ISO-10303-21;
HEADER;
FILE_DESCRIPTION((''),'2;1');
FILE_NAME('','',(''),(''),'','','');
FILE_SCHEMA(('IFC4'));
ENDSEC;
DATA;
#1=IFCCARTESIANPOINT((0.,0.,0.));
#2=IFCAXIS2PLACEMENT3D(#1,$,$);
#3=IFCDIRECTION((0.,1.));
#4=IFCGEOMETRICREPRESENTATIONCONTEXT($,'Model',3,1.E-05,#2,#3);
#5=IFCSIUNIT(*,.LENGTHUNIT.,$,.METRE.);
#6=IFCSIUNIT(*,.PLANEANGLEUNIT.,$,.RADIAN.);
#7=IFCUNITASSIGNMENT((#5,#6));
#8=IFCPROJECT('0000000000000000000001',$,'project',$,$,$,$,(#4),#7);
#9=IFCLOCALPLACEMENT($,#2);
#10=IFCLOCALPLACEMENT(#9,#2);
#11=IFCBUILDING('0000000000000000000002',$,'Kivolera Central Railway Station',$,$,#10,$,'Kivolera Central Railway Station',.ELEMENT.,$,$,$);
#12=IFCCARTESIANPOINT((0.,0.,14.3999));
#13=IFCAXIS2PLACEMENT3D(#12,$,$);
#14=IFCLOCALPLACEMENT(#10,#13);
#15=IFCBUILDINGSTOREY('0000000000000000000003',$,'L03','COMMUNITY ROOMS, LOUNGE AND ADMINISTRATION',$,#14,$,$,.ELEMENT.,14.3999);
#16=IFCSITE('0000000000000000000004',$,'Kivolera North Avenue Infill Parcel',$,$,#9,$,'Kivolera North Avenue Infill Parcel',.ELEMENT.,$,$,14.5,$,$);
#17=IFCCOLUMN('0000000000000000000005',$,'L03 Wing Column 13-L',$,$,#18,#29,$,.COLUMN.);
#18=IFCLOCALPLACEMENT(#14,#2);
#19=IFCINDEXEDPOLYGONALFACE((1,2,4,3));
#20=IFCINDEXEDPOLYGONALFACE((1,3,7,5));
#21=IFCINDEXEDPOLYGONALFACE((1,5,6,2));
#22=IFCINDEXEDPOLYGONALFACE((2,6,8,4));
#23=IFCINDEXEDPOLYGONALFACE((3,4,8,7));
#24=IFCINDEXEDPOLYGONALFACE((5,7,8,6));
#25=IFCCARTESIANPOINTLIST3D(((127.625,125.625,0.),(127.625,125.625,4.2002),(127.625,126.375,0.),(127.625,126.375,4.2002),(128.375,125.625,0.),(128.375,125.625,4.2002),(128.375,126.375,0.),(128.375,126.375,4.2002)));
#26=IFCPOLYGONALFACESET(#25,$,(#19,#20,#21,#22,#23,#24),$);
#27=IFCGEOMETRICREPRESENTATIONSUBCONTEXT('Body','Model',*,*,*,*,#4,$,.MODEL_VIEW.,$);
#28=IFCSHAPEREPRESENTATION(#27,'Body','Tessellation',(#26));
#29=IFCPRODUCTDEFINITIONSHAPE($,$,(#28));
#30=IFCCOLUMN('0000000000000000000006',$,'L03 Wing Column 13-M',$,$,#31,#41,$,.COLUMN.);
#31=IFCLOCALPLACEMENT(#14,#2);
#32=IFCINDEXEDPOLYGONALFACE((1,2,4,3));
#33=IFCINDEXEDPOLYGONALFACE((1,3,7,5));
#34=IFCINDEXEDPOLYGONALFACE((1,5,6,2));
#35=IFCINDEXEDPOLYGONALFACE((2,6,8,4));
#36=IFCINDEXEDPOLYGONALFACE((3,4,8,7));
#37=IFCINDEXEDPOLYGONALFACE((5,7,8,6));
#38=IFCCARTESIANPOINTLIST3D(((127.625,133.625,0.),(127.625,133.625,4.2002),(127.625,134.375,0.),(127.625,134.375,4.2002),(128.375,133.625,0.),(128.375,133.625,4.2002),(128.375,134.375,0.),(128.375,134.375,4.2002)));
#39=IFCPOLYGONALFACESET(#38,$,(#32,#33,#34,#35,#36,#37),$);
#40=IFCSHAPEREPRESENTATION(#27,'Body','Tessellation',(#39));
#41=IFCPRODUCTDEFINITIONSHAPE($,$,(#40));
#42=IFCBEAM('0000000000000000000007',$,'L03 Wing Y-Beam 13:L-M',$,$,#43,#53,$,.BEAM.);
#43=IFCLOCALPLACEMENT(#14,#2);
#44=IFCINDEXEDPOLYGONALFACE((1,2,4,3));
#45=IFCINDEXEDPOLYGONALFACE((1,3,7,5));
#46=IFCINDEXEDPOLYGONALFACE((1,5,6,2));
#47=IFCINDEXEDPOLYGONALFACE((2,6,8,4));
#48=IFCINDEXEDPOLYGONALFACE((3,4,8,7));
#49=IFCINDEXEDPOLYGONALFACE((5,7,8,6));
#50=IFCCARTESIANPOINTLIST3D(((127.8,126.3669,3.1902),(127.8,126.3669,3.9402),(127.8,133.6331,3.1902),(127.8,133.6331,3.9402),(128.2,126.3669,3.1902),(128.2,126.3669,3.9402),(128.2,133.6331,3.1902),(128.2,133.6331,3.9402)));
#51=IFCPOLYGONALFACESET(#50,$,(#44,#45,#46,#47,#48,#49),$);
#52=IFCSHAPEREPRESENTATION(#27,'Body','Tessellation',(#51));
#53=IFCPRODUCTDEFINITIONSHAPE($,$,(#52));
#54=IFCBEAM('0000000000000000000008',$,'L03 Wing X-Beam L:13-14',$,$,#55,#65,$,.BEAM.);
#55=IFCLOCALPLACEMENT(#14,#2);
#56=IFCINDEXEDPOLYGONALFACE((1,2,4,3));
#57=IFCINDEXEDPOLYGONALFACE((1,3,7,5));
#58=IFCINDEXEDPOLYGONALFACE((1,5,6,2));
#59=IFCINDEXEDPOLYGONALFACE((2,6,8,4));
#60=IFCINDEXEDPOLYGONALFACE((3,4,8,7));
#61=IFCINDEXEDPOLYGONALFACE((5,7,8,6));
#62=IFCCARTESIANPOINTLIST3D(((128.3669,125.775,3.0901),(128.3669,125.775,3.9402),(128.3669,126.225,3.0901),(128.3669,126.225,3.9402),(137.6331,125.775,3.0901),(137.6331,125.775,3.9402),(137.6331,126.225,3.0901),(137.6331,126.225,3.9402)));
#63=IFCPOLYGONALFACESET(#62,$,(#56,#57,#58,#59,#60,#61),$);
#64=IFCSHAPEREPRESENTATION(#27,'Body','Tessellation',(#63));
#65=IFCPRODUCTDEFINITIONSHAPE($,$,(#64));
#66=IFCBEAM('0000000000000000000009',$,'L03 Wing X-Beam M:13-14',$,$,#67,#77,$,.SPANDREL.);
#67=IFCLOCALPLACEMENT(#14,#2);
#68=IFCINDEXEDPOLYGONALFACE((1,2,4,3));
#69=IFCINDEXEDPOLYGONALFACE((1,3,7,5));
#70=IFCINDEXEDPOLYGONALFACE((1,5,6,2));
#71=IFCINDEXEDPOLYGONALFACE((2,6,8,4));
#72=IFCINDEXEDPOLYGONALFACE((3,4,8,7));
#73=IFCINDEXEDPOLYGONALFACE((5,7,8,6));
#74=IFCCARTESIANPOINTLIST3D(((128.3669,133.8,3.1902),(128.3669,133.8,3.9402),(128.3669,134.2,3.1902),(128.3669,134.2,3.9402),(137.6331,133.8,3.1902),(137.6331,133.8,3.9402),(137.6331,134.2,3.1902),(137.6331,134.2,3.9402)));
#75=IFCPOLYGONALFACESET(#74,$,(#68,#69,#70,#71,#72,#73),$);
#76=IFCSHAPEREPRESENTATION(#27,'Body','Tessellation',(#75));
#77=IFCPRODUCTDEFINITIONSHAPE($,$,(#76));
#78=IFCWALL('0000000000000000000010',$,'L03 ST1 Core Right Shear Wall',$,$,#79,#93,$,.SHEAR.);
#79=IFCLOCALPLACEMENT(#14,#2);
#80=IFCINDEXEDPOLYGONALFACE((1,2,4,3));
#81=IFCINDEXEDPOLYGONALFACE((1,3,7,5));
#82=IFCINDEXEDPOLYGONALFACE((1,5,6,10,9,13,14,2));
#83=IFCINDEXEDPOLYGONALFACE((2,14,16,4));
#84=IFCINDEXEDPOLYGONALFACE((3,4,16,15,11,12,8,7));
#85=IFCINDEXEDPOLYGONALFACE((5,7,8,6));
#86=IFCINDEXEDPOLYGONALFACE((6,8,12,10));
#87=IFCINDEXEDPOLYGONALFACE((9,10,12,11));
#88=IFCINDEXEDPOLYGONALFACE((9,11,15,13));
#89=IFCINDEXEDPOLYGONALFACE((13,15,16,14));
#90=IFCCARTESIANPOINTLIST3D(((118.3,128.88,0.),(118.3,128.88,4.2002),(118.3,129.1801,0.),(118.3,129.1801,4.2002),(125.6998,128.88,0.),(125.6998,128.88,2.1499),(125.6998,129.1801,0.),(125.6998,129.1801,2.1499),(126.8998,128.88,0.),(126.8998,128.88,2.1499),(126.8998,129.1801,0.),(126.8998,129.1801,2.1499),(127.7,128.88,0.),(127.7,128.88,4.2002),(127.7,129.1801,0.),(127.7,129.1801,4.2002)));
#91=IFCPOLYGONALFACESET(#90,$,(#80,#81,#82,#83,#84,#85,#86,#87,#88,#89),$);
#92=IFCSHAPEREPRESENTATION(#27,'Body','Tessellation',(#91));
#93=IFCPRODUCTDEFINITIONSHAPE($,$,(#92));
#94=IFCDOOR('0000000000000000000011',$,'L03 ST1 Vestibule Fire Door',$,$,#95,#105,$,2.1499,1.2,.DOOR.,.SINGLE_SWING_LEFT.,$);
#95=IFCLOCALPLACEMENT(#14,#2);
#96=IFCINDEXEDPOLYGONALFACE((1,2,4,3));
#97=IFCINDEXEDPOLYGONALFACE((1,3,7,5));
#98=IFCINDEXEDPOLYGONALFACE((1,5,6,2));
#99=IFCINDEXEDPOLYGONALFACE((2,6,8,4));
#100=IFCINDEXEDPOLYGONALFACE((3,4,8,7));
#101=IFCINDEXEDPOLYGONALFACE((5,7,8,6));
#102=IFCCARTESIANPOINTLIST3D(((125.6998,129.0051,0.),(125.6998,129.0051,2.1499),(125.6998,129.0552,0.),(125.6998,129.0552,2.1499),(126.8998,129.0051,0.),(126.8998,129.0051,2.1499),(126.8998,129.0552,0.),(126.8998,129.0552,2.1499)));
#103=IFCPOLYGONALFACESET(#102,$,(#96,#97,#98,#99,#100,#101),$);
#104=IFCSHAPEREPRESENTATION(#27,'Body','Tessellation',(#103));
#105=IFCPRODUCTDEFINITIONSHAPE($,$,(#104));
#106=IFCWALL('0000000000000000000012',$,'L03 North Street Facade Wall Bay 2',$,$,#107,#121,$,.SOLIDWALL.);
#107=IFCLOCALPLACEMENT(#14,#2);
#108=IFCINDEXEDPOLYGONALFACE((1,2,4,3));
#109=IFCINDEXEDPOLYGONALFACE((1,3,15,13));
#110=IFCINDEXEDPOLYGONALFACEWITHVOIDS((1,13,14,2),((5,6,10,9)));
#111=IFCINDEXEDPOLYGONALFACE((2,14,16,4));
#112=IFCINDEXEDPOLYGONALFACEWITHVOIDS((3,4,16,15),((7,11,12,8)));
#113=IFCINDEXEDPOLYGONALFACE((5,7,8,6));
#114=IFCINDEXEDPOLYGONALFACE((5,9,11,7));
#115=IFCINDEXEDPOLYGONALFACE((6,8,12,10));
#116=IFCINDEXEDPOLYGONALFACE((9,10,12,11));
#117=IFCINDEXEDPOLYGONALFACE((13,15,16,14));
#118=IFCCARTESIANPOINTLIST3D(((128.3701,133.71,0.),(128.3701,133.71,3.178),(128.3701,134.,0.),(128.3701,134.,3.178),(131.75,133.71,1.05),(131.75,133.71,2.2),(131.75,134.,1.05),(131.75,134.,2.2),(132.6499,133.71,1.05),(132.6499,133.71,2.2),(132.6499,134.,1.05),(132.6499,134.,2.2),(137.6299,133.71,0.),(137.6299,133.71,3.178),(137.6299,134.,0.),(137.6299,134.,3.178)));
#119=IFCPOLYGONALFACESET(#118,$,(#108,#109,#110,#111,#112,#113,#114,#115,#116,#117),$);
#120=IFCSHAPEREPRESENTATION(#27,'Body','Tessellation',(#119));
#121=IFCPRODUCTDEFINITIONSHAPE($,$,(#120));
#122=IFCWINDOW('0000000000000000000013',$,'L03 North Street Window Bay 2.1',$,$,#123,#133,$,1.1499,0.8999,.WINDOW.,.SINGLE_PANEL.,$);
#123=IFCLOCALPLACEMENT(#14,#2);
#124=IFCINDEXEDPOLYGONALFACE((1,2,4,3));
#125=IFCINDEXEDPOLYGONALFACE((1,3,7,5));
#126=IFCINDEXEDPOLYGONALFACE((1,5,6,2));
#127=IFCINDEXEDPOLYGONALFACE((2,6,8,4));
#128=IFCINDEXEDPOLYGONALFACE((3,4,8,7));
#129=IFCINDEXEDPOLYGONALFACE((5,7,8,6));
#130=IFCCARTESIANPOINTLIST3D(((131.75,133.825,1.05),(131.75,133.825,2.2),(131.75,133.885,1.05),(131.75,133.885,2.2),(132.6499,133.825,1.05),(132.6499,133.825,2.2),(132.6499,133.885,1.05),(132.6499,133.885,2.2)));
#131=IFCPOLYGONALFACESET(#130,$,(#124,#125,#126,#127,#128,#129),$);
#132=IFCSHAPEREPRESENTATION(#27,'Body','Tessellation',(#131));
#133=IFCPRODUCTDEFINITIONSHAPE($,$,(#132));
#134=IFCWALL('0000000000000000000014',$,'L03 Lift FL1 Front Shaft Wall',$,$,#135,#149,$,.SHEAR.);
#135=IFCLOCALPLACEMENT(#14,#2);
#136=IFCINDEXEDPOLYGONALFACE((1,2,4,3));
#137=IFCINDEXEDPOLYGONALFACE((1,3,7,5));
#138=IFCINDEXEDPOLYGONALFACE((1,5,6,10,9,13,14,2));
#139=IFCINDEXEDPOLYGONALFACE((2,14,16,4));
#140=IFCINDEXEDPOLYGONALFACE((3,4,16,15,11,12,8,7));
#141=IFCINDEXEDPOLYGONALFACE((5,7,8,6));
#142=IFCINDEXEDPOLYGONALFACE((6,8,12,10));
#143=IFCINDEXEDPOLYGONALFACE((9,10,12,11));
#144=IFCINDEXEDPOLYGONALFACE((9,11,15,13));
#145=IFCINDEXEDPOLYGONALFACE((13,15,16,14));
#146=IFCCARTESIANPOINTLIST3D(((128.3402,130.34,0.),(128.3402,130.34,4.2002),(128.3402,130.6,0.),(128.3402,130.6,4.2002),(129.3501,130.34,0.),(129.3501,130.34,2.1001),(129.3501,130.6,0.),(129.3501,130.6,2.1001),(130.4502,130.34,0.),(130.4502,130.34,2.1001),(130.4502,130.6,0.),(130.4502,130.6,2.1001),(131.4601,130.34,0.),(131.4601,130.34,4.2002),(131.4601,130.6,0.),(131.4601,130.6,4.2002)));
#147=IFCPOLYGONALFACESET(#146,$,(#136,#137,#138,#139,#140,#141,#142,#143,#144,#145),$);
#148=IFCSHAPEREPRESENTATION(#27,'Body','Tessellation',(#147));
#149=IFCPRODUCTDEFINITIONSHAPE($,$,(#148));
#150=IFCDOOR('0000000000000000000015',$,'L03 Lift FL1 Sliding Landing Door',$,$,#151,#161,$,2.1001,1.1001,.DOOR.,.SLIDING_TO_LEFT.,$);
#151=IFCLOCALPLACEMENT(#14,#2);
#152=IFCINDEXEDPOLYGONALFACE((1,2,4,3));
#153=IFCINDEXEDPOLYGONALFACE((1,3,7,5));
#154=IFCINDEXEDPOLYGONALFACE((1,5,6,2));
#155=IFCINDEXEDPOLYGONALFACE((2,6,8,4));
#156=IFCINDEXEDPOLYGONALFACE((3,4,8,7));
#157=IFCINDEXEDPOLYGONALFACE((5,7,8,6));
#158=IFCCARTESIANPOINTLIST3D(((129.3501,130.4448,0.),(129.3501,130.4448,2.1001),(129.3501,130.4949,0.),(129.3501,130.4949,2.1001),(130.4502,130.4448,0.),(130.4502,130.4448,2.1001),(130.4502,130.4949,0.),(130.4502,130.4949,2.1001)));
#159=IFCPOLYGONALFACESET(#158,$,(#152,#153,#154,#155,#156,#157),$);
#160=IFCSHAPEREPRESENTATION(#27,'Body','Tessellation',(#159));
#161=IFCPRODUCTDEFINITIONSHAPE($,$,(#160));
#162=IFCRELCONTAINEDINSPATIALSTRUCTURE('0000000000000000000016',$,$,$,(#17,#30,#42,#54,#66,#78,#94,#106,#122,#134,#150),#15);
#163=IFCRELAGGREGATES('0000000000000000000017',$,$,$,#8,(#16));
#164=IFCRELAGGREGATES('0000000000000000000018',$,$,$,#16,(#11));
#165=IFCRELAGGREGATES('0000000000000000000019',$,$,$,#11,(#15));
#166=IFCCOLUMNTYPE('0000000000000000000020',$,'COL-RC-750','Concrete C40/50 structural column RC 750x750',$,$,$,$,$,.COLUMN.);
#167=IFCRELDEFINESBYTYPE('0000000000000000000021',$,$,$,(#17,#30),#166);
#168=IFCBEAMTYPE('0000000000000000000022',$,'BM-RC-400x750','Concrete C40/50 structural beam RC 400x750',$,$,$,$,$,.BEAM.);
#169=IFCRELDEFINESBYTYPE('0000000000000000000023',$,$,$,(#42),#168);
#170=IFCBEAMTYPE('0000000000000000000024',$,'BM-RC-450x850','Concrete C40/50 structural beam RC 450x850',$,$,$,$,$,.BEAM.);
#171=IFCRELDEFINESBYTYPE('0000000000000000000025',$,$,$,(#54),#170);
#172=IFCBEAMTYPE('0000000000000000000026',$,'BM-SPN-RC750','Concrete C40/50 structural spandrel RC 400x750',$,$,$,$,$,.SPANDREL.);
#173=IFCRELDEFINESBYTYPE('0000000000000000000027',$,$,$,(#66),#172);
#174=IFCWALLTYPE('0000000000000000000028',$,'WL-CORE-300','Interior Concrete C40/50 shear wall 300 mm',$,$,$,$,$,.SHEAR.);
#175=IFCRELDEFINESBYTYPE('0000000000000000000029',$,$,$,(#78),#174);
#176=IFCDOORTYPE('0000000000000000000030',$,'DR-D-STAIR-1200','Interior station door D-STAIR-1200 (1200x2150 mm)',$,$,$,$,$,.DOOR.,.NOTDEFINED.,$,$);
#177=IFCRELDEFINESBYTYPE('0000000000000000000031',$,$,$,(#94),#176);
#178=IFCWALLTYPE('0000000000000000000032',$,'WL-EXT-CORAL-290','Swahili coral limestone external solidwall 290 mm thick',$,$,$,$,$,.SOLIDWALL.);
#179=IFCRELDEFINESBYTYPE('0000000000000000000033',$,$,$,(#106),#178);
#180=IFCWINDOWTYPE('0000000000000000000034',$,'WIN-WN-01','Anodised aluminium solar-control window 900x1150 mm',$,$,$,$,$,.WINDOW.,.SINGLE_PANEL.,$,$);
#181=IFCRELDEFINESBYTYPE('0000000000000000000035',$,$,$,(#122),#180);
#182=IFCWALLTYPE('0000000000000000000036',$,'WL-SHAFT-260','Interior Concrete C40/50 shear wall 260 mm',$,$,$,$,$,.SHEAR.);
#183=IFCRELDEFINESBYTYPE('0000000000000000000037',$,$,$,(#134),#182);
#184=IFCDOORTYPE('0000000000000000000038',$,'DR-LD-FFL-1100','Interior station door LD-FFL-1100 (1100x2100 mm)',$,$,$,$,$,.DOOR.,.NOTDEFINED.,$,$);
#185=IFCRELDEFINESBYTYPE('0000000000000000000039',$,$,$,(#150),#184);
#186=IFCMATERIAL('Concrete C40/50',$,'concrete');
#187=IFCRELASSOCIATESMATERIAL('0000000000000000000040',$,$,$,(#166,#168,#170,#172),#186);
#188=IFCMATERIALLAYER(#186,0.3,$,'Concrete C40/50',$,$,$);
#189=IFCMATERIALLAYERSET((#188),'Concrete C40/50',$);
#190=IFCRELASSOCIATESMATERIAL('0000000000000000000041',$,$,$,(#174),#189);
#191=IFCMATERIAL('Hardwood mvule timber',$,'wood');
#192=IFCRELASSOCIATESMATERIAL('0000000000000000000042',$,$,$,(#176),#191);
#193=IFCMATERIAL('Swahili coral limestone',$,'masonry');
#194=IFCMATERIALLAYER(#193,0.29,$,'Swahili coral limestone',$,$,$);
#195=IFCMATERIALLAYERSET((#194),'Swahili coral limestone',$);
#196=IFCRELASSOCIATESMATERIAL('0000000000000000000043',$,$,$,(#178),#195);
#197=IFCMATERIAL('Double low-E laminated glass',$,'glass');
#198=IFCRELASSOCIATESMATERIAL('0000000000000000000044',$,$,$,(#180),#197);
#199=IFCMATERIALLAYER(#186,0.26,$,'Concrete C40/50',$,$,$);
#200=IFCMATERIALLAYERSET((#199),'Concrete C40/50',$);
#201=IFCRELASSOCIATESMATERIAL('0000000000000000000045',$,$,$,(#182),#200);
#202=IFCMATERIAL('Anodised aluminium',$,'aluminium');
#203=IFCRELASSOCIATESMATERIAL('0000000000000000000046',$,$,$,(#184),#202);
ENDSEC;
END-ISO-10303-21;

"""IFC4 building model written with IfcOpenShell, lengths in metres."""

from ifc_helpers import new_model, si_unit, direction, frame, frame_2d, origin, origin_2d, place, context, subcontext, project, spatial, rectangle, extrude, material, layer, layer_set, material_profile, profile_set, type_object, element, fill, save


model = new_model("IFC4")

# Units and contexts
model_context = context("Model", 3, precision=1e-05, world=origin(), true_north=direction((0.0, 1.0)))
body_context = subcontext(model_context, "Body", "Model", "MODEL_VIEW")
ifc_project = project(units=[si_unit("LENGTHUNIT", "METRE"), si_unit("PLANEANGLEUNIT", "RADIAN")], contexts=[model_context])

# Site, building, storey
site_placement = place(None, origin())
site = spatial("IfcSite", under=ifc_project, at=site_placement, Name="Kivolera North Avenue Infill Parcel", LongName="Kivolera North Avenue Infill Parcel", CompositionType="ELEMENT", RefElevation=14.5)
building_placement = place(site_placement, origin())
building = spatial("IfcBuilding", under=site, at=building_placement, Name="Kivolera Central Railway Station", LongName="Kivolera Central Railway Station", CompositionType="ELEMENT")
storey_placement = place(building_placement, frame((0.0, 0.0, 14.3999)))
storey = spatial("IfcBuildingStorey", under=building, at=storey_placement, Name="L03", Description="COMMUNITY ROOMS, LOUNGE AND ADMINISTRATION", CompositionType="ELEMENT", Elevation=14.3999)

# Columns
ifc_material_1 = material(Name="Concrete C40/50", Category="concrete")
ifc_material_profile_1 = material_profile(ifc_material_1, rectangle(XDim=0.75, YDim=0.75, at=origin_2d()), Name="RC 750x750")
ifc_profile_set_1 = profile_set([ifc_material_profile_1], Name="Concrete C40/50")
column_type = type_object("IfcColumnType", Name="COL-RC-750", Description="Concrete C40/50 structural column RC 750x750", PredefinedType="COLUMN", material=ifc_profile_set_1)
for number, where, z_axis, x_axis, name in (
    (1, (128.0, 126.0, 0.0), (0.0, 0.0, 1.0), (1.0, 0.0, 0.0), "L03 Wing Column 13-L"),
    (2, (128.0, 134.0, 0.0), (0.0, 0.0, 1.0), (1.0, 0.0, 0.0), "L03 Wing Column 13-M"),
):
    element("IfcColumn", number, at=place(storey_placement, frame(where, z_axis=z_axis, x_axis=x_axis)), inside=storey, type_object=column_type, Name=name, PredefinedType="COLUMN", context=body_context, shape_type="SweptSolid", body=[
        extrude(rectangle(XDim=0.75, YDim=0.75, at=origin_2d()), origin(), (0.0, 0.0, 1.0), 4.2002),
    ])

# Beams
ifc_material_profile_2 = material_profile(ifc_material_1, rectangle(XDim=0.3999, YDim=0.75, at=origin_2d()), Name="RC 400x750")
ifc_profile_set_2 = profile_set([ifc_material_profile_2], Name="Concrete C40/50")
beam_type_1 = type_object("IfcBeamType", Name="BM-RC-400x750", Description="Concrete C40/50 structural beam RC 400x750", PredefinedType="BEAM", material=ifc_profile_set_2)
beam_1_placement = place(storey_placement, frame((128.0, 126.3669, 3.5652), z_axis=(0.0, 1.0, 0.0), x_axis=(-1.0, 0.0, 0.0)))
element("IfcBeam", 3, at=beam_1_placement, inside=storey, type_object=beam_type_1, Name="L03 Wing Y-Beam 13:L-M", PredefinedType="BEAM", context=body_context, shape_type="SweptSolid", body=[
    extrude(rectangle(XDim=0.3999, YDim=0.75, at=origin_2d()), origin(), (0.0, 0.0, 1.0), 7.2661),
])
ifc_material_profile_3 = material_profile(ifc_material_1, rectangle(XDim=0.45, YDim=0.8501, at=origin_2d()), Name="RC 450x850")
ifc_profile_set_3 = profile_set([ifc_material_profile_3], Name="Concrete C40/50")
beam_type_2 = type_object("IfcBeamType", Name="BM-RC-450x850", Description="Concrete C40/50 structural beam RC 450x850", PredefinedType="BEAM", material=ifc_profile_set_3)
beam_2_placement = place(storey_placement, frame((128.3669, 126.0, 3.5151), z_axis=(1.0, 0.0, 0.0), x_axis=(0.0, 1.0, 0.0)))
element("IfcBeam", 4, at=beam_2_placement, inside=storey, type_object=beam_type_2, Name="L03 Wing X-Beam L:13-14", PredefinedType="BEAM", context=body_context, shape_type="SweptSolid", body=[
    extrude(rectangle(XDim=0.45, YDim=0.8501, at=origin_2d()), origin(), (0.0, 0.0, 1.0), 9.2661),
])
ifc_material_profile_4 = material_profile(ifc_material_1, rectangle(XDim=0.3999, YDim=0.75, at=origin_2d()), Name="RC 400x750")
ifc_profile_set_4 = profile_set([ifc_material_profile_4], Name="Concrete C40/50")
beam_type_3 = type_object("IfcBeamType", Name="BM-SPN-RC750", Description="Concrete C40/50 structural spandrel RC 400x750", PredefinedType="SPANDREL", material=ifc_profile_set_4)
beam_3_placement = place(storey_placement, frame((128.3669, 134.0, 3.5652), z_axis=(1.0, 0.0, 0.0), x_axis=(0.0, 1.0, 0.0)))
element("IfcBeam", 5, at=beam_3_placement, inside=storey, type_object=beam_type_3, Name="L03 Wing X-Beam M:13-14", PredefinedType="SPANDREL", context=body_context, shape_type="SweptSolid", body=[
    extrude(rectangle(XDim=0.3999, YDim=0.75, at=origin_2d()), origin(), (0.0, 0.0, 1.0), 9.2661),
])

# Wall, opening, door
ifc_layer_1 = layer(ifc_material_1, 0.3, Name="Concrete C40/50")
ifc_layer_set_1 = layer_set([ifc_layer_1], Name="Concrete C40/50")
wall_type_1 = type_object("IfcWallType", Name="WL-CORE-300", Description="Interior Concrete C40/50 shear wall 300 mm", PredefinedType="SHEAR", material=ifc_layer_set_1)
wall_1_placement = place(storey_placement, frame((127.7, 129.03, 0.0), z_axis=(0.0, 0.0, 1.0), x_axis=(-1.0, 0.0, 0.0)))
wall_1 = element("IfcWall", 6, at=wall_1_placement, inside=storey, type_object=wall_type_1, Name="L03 ST1 Core Right Shear Wall", PredefinedType="SHEAR", context=body_context, shape_type="SweptSolid", body=[
    extrude(rectangle(XDim=9.3999, YDim=0.3, at=frame_2d((4.7, 0.0))), origin(), (0.0, 0.0, 1.0), 4.2002),
])
opening_1_placement = place(wall_1_placement, frame((0.8, 0.0, 0.0)))
opening_1 = element("IfcOpeningElement", 7, at=opening_1_placement, cuts=wall_1, PredefinedType="OPENING", context=body_context, shape_type="SweptSolid", body=[
    extrude(rectangle(XDim=1.2, YDim=2.1499, at=frame_2d((0.6001, 1.075))), frame((0.0, 0.1599, 0.0), z_axis=(0.0, -1.0, 0.0), x_axis=(1.0, 0.0, 0.0)), (0.0, 0.0, 1.0), 0.3201),
])
ifc_material_2 = material(Name="Hardwood mvule timber", Category="wood")
door_type_1 = type_object("IfcDoorType", Name="DR-D-STAIR-1200", Description="Interior station door D-STAIR-1200 (1200x2150 mm)", OperationType="NOTDEFINED", PredefinedType="DOOR", material=ifc_material_2)
door_1_placement = place(opening_1_placement, origin())
door_1 = element("IfcDoor", 8, at=door_1_placement, inside=storey, type_object=door_type_1, Name="L03 ST1 Vestibule Fire Door", OperationType="SINGLE_SWING_LEFT", OverallHeight=2.1499, OverallWidth=1.2, PredefinedType="DOOR", context=body_context, shape_type="SweptSolid", body=[
    extrude(rectangle(XDim=1.2, YDim=2.1499, at=frame_2d((0.6001, 1.075))), frame((0.0, 0.0249, 0.0), z_axis=(0.0, -1.0, 0.0), x_axis=(1.0, 0.0, 0.0)), (0.0, 0.0, 1.0), 0.05),
])
fill(opening_1, door_1)

# Wall, opening, window
ifc_material_3 = material(Name="Swahili coral limestone", Category="masonry")
ifc_layer_2 = layer(ifc_material_3, 0.29, Name="Swahili coral limestone")
ifc_layer_set_2 = layer_set([ifc_layer_2], Name="Swahili coral limestone")
wall_type_2 = type_object("IfcWallType", Name="WL-EXT-CORAL-290", Description="Swahili coral limestone external solidwall 290 mm thick", PredefinedType="SOLIDWALL", material=ifc_layer_set_2)
wall_2_placement = place(storey_placement, frame((128.3701, 133.855, 0.0), z_axis=(0.0, 0.0, 1.0), x_axis=(1.0, 0.0, 0.0)))
wall_2 = element("IfcWall", 9, at=wall_2_placement, inside=storey, type_object=wall_type_2, Name="L03 North Street Facade Wall Bay 2", PredefinedType="SOLIDWALL", context=body_context, shape_type="SweptSolid", body=[
    extrude(rectangle(XDim=9.2598, YDim=0.29, at=frame_2d((4.6299, 0.0))), origin(), (0.0, 0.0, 1.0), 3.178),
])
opening_2_placement = place(wall_2_placement, frame((3.3799, 0.0, 1.05)))
opening_2 = element("IfcOpeningElement", 10, at=opening_2_placement, cuts=wall_2, PredefinedType="OPENING", context=body_context, shape_type="SweptSolid", body=[
    extrude(rectangle(XDim=0.8999, YDim=1.1499, at=frame_2d((0.45, 0.575))), frame((0.0, 0.155, 0.0), z_axis=(0.0, -1.0, 0.0), x_axis=(1.0, 0.0, 0.0)), (0.0, 0.0, 1.0), 0.3101),
])
ifc_material_4 = material(Name="Double low-E laminated glass", Category="glass")
window_type = type_object("IfcWindowType", Name="WIN-WN-01", Description="Anodised aluminium solar-control window 900x1150 mm", PartitioningType="SINGLE_PANEL", PredefinedType="WINDOW", material=ifc_material_4)
window_placement = place(opening_2_placement, origin())
window = element("IfcWindow", 11, at=window_placement, inside=storey, type_object=window_type, Name="L03 North Street Window Bay 2.1", OverallHeight=1.1499, OverallWidth=0.8999, PartitioningType="SINGLE_PANEL", PredefinedType="WINDOW", context=body_context, shape_type="SweptSolid", body=[
    extrude(rectangle(XDim=0.8999, YDim=1.1499, at=frame_2d((0.45, 0.575))), frame((0.0, 0.03, 0.0), z_axis=(0.0, -1.0, 0.0), x_axis=(1.0, 0.0, 0.0)), (0.0, 0.0, 1.0), 0.0601),
])
fill(opening_2, window)

# Wall, opening, door
ifc_layer_3 = layer(ifc_material_1, 0.26, Name="Concrete C40/50")
ifc_layer_set_3 = layer_set([ifc_layer_3], Name="Concrete C40/50")
wall_type_3 = type_object("IfcWallType", Name="WL-SHAFT-260", Description="Interior Concrete C40/50 shear wall 260 mm", PredefinedType="SHEAR", material=ifc_layer_set_3)
wall_3_placement = place(storey_placement, frame((128.3401, 130.47, 0.0), z_axis=(0.0, 0.0, 1.0), x_axis=(1.0, 0.0, 0.0)))
wall_3 = element("IfcWall", 12, at=wall_3_placement, inside=storey, type_object=wall_type_3, Name="L03 Lift FL1 Front Shaft Wall", PredefinedType="SHEAR", context=body_context, shape_type="SweptSolid", body=[
    extrude(rectangle(XDim=3.1199, YDim=0.26, at=frame_2d((1.5601, 0.0))), origin(), (0.0, 0.0, 1.0), 4.2002),
])
opening_3_placement = place(wall_3_placement, frame((1.01, 0.0, 0.0)))
opening_3 = element("IfcOpeningElement", 13, at=opening_3_placement, cuts=wall_3, PredefinedType="OPENING", context=body_context, shape_type="SweptSolid", body=[
    extrude(rectangle(XDim=1.1001, YDim=2.1001, at=frame_2d((0.55, 1.05))), frame((0.0, 0.1399, 0.0), z_axis=(0.0, -1.0, 0.0), x_axis=(1.0, 0.0, 0.0)), (0.0, 0.0, 1.0), 0.28),
])
ifc_material_5 = material(Name="Anodised aluminium", Category="aluminium")
door_type_2 = type_object("IfcDoorType", Name="DR-LD-FFL-1100", Description="Interior station door LD-FFL-1100 (1100x2100 mm)", OperationType="NOTDEFINED", PredefinedType="DOOR", material=ifc_material_5)
door_2_placement = place(opening_3_placement, origin())
door_2 = element("IfcDoor", 14, at=door_2_placement, inside=storey, type_object=door_type_2, Name="L03 Lift FL1 Sliding Landing Door", OperationType="SLIDING_TO_LEFT", OverallHeight=2.1001, OverallWidth=1.1001, PredefinedType="DOOR", context=body_context, shape_type="SweptSolid", body=[
    extrude(rectangle(XDim=1.1001, YDim=2.1001, at=frame_2d((0.55, 1.05))), frame((0.0, 0.0249, 0.0), z_axis=(0.0, -1.0, 0.0), x_axis=(1.0, 0.0, 0.0)), (0.0, 0.0, 1.0), 0.05),
])
fill(opening_3, door_2)

save(model, "model.ifc")
